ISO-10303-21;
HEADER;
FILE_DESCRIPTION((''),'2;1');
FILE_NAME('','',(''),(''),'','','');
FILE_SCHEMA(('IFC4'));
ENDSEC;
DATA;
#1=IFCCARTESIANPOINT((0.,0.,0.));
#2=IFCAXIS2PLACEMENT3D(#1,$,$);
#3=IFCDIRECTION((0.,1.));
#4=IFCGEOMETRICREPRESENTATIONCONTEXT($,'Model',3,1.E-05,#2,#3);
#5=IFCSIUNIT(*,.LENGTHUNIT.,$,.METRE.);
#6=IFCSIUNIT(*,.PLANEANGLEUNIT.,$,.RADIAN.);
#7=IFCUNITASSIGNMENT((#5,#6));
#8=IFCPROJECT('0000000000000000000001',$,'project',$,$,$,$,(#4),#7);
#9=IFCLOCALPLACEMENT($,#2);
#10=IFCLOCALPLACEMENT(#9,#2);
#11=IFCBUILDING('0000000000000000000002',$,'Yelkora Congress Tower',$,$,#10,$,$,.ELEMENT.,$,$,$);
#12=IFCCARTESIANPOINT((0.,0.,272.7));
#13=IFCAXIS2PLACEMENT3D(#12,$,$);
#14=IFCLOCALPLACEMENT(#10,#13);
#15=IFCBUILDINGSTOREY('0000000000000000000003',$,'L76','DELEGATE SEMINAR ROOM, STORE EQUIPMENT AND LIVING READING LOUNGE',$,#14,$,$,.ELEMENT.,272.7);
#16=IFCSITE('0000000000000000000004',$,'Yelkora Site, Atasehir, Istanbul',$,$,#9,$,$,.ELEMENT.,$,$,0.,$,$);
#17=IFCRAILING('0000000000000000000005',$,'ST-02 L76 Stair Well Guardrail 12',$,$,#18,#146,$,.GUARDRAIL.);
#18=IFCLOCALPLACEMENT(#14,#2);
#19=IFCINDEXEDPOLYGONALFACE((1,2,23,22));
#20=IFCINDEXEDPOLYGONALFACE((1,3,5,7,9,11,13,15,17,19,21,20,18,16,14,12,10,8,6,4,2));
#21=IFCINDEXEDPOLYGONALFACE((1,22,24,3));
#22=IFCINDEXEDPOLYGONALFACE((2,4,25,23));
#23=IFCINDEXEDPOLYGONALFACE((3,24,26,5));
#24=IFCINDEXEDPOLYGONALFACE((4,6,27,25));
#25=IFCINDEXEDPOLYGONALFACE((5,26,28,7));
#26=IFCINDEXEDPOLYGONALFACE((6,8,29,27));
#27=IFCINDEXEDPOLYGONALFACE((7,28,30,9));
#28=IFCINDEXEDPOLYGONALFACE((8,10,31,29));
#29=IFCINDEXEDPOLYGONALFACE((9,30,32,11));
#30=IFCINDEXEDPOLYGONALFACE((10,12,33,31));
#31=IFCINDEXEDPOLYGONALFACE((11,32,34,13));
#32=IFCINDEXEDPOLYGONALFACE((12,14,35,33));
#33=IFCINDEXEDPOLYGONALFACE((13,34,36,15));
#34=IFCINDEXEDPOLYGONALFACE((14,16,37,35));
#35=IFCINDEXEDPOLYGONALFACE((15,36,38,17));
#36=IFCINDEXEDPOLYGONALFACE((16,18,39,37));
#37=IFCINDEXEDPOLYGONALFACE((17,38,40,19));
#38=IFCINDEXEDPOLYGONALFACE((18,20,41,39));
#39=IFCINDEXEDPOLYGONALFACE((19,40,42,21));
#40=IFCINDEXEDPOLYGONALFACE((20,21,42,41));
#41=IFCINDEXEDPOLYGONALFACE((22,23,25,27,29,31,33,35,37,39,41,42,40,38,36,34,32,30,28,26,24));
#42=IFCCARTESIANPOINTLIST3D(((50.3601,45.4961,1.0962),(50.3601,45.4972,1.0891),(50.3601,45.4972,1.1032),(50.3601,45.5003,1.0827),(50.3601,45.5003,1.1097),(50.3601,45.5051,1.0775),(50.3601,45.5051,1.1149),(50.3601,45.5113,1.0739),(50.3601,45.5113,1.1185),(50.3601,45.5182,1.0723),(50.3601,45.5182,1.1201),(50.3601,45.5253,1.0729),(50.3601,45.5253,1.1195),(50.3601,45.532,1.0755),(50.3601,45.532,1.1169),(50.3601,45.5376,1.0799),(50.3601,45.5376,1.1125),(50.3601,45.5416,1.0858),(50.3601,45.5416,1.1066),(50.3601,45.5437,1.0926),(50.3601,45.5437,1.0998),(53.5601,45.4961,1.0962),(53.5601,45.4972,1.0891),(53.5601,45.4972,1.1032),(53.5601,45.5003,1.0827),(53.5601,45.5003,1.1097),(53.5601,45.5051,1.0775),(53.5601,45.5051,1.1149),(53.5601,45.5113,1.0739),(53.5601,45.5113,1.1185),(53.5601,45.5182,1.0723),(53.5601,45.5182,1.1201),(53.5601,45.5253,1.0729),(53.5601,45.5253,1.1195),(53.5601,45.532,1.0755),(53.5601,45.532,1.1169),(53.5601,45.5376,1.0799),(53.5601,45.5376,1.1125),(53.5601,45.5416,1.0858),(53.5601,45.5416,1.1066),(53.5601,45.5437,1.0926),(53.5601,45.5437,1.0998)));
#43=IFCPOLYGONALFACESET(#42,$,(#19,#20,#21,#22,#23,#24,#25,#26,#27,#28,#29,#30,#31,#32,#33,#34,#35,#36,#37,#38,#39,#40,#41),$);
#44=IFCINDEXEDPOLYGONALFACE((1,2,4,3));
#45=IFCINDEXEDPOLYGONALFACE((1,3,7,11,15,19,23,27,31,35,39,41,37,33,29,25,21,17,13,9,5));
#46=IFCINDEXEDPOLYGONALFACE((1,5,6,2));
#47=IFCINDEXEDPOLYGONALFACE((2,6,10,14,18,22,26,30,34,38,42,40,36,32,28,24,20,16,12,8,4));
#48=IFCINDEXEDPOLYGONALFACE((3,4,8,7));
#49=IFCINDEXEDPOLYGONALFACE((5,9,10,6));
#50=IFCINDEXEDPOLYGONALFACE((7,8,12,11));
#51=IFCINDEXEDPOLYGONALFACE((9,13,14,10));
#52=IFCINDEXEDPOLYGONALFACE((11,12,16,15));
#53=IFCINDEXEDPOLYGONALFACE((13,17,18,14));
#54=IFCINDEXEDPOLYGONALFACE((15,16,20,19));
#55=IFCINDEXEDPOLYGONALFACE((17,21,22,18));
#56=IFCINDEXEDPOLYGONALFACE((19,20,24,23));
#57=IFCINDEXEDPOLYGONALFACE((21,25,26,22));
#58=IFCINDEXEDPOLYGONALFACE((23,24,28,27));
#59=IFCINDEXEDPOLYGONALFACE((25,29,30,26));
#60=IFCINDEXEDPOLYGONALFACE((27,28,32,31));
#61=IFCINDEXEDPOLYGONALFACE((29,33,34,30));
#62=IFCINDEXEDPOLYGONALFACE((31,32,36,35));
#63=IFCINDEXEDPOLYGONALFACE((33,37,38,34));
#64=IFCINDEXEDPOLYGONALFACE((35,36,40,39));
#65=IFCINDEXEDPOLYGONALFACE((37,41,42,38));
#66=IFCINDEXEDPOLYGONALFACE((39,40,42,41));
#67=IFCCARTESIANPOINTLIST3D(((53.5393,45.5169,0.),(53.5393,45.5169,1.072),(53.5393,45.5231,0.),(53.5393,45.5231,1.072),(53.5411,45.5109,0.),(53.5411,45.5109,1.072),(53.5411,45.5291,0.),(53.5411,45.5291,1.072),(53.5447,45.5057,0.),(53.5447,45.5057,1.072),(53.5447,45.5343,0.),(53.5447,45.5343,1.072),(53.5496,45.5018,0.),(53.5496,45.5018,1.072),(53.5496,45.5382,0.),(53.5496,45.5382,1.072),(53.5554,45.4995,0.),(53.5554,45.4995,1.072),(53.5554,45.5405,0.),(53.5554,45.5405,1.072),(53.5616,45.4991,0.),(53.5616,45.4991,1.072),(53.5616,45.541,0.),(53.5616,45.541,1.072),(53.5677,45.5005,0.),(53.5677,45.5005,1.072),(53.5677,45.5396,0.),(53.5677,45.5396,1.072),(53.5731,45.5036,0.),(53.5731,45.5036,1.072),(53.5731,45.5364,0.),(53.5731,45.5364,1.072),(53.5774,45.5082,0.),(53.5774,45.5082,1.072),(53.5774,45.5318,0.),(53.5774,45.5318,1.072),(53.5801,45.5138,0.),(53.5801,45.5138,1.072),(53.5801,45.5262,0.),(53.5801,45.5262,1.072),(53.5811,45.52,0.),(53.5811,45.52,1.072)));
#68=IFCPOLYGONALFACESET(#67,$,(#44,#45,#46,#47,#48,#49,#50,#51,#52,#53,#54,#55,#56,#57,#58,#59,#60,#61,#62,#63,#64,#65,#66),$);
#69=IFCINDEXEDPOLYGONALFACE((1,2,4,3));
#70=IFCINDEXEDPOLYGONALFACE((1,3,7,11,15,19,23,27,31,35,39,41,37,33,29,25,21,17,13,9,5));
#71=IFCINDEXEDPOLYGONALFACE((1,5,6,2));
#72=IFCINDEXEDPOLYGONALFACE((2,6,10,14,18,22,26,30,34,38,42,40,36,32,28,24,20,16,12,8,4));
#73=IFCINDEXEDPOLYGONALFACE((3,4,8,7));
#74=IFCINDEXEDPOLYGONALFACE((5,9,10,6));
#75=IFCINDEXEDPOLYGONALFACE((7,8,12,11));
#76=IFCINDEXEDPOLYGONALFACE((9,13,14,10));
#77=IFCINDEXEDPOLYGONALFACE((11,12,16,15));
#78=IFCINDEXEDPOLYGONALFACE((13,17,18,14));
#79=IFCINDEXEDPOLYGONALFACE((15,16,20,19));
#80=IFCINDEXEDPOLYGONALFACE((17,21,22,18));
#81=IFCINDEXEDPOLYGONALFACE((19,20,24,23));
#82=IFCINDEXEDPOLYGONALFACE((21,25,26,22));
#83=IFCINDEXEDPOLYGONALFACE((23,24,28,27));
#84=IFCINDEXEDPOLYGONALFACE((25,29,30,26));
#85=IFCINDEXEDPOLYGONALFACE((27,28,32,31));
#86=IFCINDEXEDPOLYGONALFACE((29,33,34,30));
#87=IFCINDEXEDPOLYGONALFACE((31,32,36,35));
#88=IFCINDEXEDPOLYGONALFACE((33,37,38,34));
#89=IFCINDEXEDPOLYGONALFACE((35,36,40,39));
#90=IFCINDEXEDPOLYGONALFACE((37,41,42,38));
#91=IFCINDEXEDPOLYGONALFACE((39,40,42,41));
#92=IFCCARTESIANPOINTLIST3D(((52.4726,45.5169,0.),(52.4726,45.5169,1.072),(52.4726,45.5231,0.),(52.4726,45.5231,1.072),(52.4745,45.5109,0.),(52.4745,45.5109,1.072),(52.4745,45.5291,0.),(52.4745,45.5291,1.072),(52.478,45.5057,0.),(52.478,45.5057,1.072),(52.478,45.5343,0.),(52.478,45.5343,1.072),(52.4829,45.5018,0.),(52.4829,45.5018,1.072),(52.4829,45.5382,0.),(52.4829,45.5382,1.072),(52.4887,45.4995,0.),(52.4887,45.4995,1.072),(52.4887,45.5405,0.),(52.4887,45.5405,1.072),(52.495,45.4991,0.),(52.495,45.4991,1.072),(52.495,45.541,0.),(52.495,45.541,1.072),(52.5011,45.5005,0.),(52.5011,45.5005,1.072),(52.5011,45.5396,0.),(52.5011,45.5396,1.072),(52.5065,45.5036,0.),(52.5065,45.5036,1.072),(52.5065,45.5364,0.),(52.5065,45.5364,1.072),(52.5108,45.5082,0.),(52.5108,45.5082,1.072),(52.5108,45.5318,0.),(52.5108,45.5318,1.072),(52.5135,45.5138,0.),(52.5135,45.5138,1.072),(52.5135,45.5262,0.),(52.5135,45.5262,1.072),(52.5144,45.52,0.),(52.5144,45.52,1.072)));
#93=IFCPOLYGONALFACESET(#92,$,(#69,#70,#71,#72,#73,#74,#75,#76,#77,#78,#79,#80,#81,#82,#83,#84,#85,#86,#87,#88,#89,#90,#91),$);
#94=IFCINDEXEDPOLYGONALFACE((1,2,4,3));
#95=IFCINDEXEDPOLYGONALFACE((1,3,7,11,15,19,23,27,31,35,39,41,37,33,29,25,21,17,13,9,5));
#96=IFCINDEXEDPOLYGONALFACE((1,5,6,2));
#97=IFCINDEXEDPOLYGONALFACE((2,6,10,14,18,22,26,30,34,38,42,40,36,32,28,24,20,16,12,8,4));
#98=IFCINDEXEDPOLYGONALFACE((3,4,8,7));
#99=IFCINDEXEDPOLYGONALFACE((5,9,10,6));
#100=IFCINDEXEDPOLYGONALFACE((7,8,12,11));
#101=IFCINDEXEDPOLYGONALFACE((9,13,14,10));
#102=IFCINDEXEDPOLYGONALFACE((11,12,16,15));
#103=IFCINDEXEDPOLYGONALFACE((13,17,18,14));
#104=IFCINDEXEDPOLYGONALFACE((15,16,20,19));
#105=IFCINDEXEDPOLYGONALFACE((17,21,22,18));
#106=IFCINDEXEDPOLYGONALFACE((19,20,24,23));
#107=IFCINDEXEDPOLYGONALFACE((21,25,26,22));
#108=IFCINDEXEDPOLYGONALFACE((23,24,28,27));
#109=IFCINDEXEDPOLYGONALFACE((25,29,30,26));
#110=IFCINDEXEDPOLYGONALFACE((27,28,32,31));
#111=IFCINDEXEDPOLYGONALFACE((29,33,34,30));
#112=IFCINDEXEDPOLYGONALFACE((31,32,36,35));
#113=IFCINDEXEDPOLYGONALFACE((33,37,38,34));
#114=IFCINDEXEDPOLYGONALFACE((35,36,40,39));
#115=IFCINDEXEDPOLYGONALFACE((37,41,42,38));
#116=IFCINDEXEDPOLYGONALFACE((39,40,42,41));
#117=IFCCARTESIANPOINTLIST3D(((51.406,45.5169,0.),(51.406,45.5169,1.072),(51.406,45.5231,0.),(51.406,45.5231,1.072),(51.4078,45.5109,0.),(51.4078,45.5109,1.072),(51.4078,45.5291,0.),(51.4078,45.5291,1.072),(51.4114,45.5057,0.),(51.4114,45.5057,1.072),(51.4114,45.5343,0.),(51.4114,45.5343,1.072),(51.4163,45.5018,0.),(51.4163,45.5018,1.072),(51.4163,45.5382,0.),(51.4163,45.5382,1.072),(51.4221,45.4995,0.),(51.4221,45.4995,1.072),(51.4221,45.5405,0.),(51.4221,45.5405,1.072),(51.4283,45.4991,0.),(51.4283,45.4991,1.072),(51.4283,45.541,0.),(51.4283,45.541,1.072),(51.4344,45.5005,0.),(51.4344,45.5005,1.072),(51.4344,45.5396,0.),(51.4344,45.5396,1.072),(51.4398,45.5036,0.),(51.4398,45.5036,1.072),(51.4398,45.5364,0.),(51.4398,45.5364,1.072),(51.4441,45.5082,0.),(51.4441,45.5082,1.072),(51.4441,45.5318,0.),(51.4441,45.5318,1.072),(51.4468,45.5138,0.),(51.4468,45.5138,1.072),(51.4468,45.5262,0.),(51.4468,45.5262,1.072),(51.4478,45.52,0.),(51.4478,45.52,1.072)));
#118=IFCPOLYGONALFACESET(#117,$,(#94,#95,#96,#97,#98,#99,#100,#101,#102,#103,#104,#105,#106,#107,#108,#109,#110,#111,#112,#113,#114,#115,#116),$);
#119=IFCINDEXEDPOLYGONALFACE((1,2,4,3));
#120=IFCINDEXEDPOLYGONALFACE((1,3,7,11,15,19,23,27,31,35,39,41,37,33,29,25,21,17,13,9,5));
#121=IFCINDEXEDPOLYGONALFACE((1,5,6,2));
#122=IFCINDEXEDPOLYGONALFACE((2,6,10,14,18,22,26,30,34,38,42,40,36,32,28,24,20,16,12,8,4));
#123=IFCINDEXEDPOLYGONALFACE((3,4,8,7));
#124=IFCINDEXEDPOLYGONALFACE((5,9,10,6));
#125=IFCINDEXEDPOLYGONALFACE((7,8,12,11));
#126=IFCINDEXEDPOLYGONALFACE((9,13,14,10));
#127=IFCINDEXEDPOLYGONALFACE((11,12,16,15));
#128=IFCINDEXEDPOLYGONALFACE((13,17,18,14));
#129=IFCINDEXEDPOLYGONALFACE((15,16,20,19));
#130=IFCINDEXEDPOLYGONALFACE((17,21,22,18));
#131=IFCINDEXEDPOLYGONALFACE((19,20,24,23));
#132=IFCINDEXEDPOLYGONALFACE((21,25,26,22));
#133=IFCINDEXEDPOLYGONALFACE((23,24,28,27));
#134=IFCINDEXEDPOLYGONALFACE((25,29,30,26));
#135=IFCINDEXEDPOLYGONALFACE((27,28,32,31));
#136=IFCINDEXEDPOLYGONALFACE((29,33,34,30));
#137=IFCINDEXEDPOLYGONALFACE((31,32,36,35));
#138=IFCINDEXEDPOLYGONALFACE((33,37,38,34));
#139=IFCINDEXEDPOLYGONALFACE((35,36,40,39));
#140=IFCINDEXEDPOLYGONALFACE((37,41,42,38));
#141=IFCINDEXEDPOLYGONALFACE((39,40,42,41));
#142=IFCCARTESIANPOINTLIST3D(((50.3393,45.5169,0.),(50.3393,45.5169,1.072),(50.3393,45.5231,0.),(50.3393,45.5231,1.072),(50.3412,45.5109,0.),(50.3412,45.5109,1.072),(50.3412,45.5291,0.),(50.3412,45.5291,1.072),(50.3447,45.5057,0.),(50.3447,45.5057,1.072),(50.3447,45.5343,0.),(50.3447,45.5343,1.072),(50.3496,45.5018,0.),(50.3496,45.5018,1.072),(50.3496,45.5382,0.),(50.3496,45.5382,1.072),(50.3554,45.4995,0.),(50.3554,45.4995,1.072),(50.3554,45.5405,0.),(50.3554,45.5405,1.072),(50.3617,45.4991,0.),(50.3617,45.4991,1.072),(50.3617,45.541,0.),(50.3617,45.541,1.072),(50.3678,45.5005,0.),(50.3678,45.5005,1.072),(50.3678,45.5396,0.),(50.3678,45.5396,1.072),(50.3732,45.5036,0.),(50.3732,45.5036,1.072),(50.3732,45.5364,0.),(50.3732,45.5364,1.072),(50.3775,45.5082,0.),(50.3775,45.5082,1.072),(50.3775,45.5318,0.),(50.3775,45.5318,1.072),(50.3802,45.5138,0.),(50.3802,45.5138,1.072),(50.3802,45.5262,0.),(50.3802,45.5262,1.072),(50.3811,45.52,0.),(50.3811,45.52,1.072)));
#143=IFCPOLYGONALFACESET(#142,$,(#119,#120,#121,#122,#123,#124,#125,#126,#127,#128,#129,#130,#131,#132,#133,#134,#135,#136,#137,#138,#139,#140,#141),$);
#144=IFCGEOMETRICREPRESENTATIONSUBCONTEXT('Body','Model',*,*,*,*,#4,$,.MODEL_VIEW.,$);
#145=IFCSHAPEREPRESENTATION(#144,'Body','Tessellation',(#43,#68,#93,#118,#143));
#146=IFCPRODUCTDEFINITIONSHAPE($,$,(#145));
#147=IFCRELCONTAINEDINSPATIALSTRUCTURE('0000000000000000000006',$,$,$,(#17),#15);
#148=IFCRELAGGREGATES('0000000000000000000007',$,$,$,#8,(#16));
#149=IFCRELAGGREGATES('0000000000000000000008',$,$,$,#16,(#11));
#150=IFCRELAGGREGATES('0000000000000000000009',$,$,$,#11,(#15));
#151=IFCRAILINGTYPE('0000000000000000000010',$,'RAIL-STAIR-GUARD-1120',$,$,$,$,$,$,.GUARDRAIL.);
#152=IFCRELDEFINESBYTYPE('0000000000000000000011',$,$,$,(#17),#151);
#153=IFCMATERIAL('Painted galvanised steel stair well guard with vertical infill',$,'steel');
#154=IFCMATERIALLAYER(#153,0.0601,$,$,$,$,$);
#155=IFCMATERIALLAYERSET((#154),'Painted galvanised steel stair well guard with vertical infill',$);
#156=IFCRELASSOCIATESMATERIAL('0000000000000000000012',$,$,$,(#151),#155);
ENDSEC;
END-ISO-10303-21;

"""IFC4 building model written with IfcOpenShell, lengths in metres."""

from ifc_helpers import new_model, si_unit, direction, frame, origin, origin_2d, place, context, subcontext, project, spatial, circle, extrude, material, layer, layer_set, type_object, element, save


model = new_model("IFC4")

# Units and contexts
model_context = context("Model", 3, precision=1e-05, world=origin(), true_north=direction((0.0, 1.0)))
body_context = subcontext(model_context, "Body", "Model", "MODEL_VIEW")
ifc_project = project(units=[si_unit("LENGTHUNIT", "METRE"), si_unit("PLANEANGLEUNIT", "RADIAN")], contexts=[model_context])

# Site, building, storey
site_placement = place(None, origin())
site = spatial("IfcSite", under=ifc_project, at=site_placement, Name="Yelkora Site, Atasehir, Istanbul", CompositionType="ELEMENT", RefElevation=0.0)
building_placement = place(site_placement, origin())
building = spatial("IfcBuilding", under=site, at=building_placement, Name="Yelkora Congress Tower", CompositionType="ELEMENT")
storey_placement = place(building_placement, frame((0.0, 0.0, 272.7)))
storey = spatial("IfcBuildingStorey", under=building, at=storey_placement, Name="L76", Description="DELEGATE SEMINAR ROOM, STORE EQUIPMENT AND LIVING READING LOUNGE", CompositionType="ELEMENT", Elevation=272.7)

# Railing
ifc_material_1 = material(Name="Painted galvanised steel stair well guard with vertical infill", Category="steel")
ifc_layer_1 = layer(ifc_material_1, 0.0601)
ifc_layer_set_1 = layer_set([ifc_layer_1], Name="Painted galvanised steel stair well guard with vertical infill")
railing_type_1 = type_object("IfcRailingType", Name="RAIL-STAIR-GUARD-1120", PredefinedType="GUARDRAIL", material=ifc_layer_set_1)
railing_1_placement = place(storey_placement, frame((53.5601, 45.52, 0.0)))
element("IfcRailing", 1, at=railing_1_placement, inside=storey, type_object=railing_type_1, Name="ST-02 L76 Stair Well Guardrail 12", PredefinedType="GUARDRAIL", context=body_context, shape_type="SweptSolid", body=[
    extrude(circle(Radius=0.0239, at=origin_2d()), frame((0.0, 0.0, 1.0962), z_axis=(-1.0, 0.0, 0.0), x_axis=(0.0, -1.0, 0.0)), (0.0, 0.0, 1.0), 3.2),
    extrude(circle(Radius=0.021, at=origin_2d()), origin(), (0.0, 0.0, 1.0), 1.072),
    extrude(circle(Radius=0.021, at=origin_2d()), frame((-1.0667, 0.0, 0.0)), (0.0, 0.0, 1.0), 1.072),
    extrude(circle(Radius=0.021, at=origin_2d()), frame((-2.1333, 0.0, 0.0)), (0.0, 0.0, 1.0), 1.072),
    extrude(circle(Radius=0.021, at=origin_2d()), frame((-3.2, 0.0, 0.0)), (0.0, 0.0, 1.0), 1.072),
])

save(model, "model.ifc")
